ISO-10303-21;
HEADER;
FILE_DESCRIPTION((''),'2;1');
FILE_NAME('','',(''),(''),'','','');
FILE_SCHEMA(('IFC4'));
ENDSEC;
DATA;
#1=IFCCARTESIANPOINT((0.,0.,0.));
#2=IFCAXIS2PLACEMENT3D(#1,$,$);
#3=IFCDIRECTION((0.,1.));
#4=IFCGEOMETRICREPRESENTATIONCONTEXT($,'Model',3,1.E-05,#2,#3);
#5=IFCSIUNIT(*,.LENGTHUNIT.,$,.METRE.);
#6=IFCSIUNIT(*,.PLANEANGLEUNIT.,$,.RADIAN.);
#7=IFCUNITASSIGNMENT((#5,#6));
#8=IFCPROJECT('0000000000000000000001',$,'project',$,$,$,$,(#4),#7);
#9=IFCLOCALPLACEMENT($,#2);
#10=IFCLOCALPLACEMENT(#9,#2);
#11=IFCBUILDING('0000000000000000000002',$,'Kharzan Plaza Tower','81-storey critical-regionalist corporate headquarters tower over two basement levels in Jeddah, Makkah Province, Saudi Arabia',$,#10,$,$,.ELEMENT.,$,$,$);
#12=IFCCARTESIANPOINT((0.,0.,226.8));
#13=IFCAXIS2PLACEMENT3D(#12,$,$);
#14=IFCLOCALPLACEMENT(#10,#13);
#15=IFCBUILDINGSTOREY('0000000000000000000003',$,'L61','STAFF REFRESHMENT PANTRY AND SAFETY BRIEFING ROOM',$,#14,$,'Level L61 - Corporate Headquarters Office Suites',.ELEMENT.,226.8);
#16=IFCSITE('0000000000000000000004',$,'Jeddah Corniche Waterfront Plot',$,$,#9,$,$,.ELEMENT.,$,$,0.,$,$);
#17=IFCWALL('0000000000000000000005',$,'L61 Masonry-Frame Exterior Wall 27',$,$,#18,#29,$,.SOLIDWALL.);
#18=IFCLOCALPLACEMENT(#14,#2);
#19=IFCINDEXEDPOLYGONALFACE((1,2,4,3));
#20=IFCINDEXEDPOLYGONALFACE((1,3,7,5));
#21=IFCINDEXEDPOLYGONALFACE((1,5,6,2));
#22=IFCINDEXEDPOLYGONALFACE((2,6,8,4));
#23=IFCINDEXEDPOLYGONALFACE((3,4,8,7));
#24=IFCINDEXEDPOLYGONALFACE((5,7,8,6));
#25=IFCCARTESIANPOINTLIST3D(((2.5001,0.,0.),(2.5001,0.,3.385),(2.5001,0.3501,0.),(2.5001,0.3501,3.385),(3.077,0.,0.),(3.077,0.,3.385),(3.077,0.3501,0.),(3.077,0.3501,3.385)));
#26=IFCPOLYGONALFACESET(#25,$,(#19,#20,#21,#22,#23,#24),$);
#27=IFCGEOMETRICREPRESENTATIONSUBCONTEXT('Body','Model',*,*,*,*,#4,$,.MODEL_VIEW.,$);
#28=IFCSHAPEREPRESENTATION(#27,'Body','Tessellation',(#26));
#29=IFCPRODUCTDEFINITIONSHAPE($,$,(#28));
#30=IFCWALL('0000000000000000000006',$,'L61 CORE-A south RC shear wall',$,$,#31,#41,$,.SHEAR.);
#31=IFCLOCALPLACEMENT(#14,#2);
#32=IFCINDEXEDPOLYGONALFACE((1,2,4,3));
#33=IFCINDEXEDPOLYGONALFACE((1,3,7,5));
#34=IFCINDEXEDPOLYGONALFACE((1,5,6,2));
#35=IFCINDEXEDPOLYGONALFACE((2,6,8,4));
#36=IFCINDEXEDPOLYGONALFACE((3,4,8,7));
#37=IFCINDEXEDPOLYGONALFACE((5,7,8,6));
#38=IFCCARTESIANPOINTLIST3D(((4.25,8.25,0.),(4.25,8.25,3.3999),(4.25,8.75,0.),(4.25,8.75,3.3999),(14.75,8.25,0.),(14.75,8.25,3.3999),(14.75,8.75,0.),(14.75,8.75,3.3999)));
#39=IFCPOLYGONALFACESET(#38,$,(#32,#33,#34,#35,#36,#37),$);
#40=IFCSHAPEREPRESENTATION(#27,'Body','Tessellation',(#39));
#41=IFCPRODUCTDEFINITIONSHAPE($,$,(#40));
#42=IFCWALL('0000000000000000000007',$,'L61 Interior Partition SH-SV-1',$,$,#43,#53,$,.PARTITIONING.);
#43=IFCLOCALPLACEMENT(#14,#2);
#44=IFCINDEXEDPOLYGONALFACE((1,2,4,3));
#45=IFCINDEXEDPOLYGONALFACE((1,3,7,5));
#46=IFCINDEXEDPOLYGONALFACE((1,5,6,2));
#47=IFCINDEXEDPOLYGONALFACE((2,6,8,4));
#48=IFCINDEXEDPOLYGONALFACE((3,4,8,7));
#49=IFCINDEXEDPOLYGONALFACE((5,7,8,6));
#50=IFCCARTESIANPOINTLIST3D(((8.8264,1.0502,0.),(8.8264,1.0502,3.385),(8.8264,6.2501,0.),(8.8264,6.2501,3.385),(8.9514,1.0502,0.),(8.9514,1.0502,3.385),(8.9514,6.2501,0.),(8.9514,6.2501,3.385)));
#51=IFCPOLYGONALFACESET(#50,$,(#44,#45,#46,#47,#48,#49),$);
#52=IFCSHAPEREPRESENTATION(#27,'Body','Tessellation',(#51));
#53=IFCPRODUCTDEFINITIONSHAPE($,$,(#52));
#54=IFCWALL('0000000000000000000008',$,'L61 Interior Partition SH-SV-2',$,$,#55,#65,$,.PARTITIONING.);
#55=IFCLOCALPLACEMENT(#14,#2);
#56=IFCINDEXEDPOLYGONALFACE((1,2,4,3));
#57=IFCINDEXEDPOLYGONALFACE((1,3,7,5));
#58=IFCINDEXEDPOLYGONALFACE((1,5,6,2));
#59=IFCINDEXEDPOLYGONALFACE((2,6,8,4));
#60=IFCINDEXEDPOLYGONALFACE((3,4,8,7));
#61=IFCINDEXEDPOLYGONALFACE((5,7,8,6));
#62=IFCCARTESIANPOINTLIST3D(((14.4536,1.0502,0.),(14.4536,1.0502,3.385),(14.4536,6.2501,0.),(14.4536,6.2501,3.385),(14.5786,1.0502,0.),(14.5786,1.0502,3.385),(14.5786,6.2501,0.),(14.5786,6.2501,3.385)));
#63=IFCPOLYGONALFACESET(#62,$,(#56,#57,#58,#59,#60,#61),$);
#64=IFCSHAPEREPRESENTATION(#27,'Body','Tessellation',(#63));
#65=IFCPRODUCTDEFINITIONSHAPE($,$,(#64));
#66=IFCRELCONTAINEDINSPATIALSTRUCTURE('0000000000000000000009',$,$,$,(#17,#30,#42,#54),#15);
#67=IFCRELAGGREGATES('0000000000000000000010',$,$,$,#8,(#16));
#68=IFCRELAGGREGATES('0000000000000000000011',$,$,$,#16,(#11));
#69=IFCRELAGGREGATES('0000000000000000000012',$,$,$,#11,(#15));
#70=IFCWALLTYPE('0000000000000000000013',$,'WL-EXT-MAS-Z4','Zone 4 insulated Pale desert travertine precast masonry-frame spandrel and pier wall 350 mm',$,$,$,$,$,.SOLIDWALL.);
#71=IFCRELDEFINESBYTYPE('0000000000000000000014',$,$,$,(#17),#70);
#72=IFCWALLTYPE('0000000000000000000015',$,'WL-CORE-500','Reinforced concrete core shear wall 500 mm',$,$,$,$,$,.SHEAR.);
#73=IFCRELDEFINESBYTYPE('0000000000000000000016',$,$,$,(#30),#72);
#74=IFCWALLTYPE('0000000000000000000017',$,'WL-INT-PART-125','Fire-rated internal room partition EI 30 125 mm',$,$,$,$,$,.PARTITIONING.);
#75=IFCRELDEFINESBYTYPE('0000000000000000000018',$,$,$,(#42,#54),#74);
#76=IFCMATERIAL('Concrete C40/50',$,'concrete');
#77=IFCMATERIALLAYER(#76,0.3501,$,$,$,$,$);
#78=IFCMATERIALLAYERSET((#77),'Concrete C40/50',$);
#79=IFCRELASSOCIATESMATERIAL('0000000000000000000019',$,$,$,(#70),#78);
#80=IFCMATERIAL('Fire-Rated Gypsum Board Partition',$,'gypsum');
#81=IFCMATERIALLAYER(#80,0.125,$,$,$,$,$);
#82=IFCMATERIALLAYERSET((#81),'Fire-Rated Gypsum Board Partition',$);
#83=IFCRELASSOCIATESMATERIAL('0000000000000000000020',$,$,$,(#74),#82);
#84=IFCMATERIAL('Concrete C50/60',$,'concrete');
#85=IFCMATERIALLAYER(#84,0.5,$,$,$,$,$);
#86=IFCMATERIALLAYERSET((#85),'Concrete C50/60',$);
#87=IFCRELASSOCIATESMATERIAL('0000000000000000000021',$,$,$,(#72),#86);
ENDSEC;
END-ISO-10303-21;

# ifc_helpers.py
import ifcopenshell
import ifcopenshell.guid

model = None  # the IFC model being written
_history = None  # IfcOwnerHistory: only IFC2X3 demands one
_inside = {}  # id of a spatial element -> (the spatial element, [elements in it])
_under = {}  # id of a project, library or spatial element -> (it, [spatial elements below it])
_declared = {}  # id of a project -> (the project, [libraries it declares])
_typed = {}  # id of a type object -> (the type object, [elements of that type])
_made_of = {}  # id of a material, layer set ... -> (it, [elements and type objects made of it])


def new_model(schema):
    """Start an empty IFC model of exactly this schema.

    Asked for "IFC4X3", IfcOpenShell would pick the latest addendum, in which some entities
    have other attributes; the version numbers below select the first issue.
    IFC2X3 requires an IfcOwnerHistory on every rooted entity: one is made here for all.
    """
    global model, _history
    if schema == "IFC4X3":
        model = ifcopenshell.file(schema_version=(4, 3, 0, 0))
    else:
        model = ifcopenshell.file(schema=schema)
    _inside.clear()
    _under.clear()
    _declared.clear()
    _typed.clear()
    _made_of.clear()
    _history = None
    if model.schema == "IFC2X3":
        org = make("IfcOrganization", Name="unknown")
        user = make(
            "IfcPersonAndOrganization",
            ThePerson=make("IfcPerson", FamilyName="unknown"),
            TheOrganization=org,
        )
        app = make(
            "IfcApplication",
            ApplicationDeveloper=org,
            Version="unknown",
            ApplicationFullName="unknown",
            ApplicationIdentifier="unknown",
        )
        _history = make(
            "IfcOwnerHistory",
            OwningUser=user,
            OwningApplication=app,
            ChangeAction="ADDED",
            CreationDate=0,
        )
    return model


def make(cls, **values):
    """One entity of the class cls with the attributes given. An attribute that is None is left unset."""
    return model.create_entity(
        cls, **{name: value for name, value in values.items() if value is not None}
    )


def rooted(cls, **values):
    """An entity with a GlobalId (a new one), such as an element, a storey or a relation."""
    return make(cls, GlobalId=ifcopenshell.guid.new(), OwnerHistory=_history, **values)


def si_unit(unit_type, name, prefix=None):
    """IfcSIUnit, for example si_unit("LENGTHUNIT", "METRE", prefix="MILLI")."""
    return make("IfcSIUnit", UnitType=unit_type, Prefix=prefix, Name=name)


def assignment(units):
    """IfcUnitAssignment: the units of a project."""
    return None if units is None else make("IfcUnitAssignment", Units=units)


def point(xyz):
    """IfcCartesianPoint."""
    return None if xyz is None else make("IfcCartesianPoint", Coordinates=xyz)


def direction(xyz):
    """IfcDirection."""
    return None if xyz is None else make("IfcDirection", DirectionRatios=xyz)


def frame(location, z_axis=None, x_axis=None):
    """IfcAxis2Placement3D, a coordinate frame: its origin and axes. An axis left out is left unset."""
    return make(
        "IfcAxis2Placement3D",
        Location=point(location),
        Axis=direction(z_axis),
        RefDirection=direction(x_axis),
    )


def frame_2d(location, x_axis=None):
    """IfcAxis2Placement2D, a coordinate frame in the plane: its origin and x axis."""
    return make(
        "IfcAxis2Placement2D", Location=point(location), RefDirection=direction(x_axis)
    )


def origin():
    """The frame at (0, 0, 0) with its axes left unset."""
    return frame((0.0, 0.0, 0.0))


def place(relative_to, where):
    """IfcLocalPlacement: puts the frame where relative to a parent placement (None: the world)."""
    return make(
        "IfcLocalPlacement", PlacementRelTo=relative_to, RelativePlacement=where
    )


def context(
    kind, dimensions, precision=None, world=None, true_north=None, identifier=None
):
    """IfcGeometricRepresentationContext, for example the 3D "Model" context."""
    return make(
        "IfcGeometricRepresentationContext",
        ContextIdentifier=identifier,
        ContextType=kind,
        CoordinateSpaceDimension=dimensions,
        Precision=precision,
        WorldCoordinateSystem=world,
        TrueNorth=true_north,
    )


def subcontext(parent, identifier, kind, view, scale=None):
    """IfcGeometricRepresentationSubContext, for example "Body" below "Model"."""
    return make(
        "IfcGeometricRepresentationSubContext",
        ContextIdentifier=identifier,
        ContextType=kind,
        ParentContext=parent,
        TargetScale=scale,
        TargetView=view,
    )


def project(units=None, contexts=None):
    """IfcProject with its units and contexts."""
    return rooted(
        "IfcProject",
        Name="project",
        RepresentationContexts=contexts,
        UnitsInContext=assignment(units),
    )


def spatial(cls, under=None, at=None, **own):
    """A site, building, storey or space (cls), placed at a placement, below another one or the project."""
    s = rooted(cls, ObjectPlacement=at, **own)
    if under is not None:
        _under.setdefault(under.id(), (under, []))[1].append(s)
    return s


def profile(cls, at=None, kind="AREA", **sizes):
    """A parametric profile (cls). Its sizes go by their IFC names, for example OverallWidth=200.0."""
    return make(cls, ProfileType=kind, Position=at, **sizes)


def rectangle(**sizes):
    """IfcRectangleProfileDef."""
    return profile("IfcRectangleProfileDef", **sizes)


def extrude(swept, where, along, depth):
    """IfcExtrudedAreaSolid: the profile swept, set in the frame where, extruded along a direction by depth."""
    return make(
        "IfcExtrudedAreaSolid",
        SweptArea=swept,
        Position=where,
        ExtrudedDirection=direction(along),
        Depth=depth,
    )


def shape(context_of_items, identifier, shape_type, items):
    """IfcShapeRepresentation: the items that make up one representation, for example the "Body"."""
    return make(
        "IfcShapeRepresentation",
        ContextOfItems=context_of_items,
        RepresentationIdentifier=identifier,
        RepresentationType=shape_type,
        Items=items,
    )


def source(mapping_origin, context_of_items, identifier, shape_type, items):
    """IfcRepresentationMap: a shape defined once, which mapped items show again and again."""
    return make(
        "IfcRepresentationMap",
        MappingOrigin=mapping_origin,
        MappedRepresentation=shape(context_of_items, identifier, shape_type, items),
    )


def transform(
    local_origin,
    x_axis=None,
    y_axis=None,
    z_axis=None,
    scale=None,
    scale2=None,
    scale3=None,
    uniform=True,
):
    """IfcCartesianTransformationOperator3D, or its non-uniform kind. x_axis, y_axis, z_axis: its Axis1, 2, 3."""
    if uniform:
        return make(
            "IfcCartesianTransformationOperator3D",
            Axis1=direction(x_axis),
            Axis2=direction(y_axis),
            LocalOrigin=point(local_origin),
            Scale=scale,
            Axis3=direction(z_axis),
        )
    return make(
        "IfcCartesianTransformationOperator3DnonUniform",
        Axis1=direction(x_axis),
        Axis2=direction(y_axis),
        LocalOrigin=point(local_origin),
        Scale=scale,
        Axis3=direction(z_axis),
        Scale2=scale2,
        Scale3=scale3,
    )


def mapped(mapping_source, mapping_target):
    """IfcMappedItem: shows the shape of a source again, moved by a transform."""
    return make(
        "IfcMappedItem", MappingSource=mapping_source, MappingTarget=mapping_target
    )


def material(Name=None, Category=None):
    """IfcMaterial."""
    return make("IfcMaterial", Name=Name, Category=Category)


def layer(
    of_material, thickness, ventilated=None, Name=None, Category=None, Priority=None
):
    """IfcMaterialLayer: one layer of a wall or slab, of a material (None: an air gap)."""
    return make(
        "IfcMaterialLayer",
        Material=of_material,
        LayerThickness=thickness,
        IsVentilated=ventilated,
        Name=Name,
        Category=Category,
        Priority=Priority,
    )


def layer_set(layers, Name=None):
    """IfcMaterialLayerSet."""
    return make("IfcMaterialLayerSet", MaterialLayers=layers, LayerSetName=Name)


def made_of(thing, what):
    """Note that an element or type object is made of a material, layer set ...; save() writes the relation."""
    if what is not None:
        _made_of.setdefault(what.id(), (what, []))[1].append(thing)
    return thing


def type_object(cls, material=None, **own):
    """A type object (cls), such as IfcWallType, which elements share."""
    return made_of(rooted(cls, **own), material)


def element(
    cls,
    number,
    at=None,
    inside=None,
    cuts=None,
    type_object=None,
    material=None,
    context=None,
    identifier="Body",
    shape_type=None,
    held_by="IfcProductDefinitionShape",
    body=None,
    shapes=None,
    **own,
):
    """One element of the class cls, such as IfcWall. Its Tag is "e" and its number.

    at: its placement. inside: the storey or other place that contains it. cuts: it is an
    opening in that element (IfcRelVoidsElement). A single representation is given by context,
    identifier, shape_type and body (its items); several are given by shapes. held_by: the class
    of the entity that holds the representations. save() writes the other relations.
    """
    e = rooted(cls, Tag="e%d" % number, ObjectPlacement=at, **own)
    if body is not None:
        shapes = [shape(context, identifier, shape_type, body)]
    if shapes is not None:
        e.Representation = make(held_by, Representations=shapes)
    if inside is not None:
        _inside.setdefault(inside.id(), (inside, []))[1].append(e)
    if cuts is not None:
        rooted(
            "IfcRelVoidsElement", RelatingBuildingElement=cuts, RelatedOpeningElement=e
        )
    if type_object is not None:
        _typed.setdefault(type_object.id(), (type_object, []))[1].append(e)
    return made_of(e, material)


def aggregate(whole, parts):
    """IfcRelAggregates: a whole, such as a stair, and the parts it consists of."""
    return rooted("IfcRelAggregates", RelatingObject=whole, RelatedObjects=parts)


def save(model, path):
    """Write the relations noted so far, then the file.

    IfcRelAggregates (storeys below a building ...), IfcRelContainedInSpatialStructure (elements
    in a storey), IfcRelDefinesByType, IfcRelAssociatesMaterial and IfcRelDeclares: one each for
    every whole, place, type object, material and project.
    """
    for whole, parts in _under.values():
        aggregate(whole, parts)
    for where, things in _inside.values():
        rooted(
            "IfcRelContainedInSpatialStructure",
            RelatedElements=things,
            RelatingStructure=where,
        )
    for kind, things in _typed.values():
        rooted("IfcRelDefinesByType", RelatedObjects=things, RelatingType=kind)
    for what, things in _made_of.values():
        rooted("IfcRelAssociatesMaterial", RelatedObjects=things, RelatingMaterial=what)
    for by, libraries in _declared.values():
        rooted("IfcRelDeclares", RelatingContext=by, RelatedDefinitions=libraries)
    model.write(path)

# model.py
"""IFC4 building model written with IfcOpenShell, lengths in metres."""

from ifc_helpers import new_model, si_unit, direction, frame, frame_2d, origin, place, context, subcontext, project, spatial, rectangle, extrude, source, transform, mapped, material, layer, layer_set, type_object, element, save


model = new_model("IFC4")

# Units and contexts
model_context = context("Model", 3, precision=1e-05, world=origin(), true_north=direction((0.0, 1.0)))
body_context = subcontext(model_context, "Body", "Model", "MODEL_VIEW")
ifc_project = project(units=[si_unit("LENGTHUNIT", "METRE"), si_unit("PLANEANGLEUNIT", "RADIAN")], contexts=[model_context])

# Site, building, storey
site_placement = place(None, origin())
site = spatial("IfcSite", under=ifc_project, at=site_placement, Name="Jeddah Corniche Waterfront Plot", CompositionType="ELEMENT", RefElevation=0.0)
building_placement = place(site_placement, origin())
building = spatial("IfcBuilding", under=site, at=building_placement, Name="Kharzan Plaza Tower", Description="81-storey critical-regionalist corporate headquarters tower over two basement levels in Jeddah, Makkah Province, Saudi Arabia", CompositionType="ELEMENT")
storey_placement = place(building_placement, frame((0.0, 0.0, 226.8)))
storey = spatial("IfcBuildingStorey", under=building, at=storey_placement, Name="L61", Description="STAFF REFRESHMENT PANTRY AND SAFETY BRIEFING ROOM", LongName="Level L61 - Corporate Headquarters Office Suites", CompositionType="ELEMENT", Elevation=226.8)

# Shared definitions
ifc_material_1 = material(Name="Concrete C50/60", Category="concrete")

# Shared definitions
ifc_material_2 = material(Name="Concrete C40/50", Category="concrete")
ifc_layer_1 = layer(ifc_material_2, 0.3501)
ifc_layer_set_1 = layer_set([ifc_layer_1], Name="Concrete C40/50")
wall_type_1 = type_object("IfcWallType", Name="WL-EXT-MAS-Z4", Description="Zone 4 insulated Pale desert travertine precast masonry-frame spandrel and pier wall 350 mm", PredefinedType="SOLIDWALL", material=ifc_layer_set_1)

# Shared definitions
ifc_material_3 = material(Name="Fire-Rated Gypsum Board Partition", Category="gypsum")
ifc_layer_2 = layer(ifc_material_3, 0.125)
ifc_layer_set_2 = layer_set([ifc_layer_2], Name="Fire-Rated Gypsum Board Partition")
wall_type_2 = type_object("IfcWallType", Name="WL-INT-PART-125", Description="Fire-rated internal room partition EI 30 125 mm", PredefinedType="PARTITIONING", material=ifc_layer_set_2)

# Walls
shared_shape_1 = source(origin(), body_context, "Body", "SweptSolid", [
    extrude(rectangle(XDim=0.5769, YDim=0.3501, at=frame_2d((0.2886, 0.0))), origin(), (0.0, 0.0, 1.0), 3.385),
])
wall_1_placement = place(storey_placement, frame((2.5, 0.175, 0.0), z_axis=(0.0, 0.0, 1.0), x_axis=(1.0, 0.0, 0.0)))
element("IfcWall", 1, at=wall_1_placement, inside=storey, type_object=wall_type_1, Name="L61 Masonry-Frame Exterior Wall 27", PredefinedType="SOLIDWALL", context=body_context, shape_type="MappedRepresentation", body=[
    mapped(shared_shape_1, transform((0.0, 0.0, 0.0), x_axis=(1.0, 0.0, 0.0), y_axis=(0.0, 1.0, 0.0), z_axis=(0.0, 0.0, 1.0))),
])
ifc_layer_3 = layer(ifc_material_1, 0.5)
ifc_layer_set_3 = layer_set([ifc_layer_3], Name="Concrete C50/60")
wall_type_3 = type_object("IfcWallType", Name="WL-CORE-500", Description="Reinforced concrete core shear wall 500 mm", PredefinedType="SHEAR", material=ifc_layer_set_3)
shared_shape_2 = source(origin(), body_context, "Body", "SweptSolid", [
    extrude(rectangle(XDim=10.5, YDim=0.5, at=frame_2d((5.25, 0.0))), origin(), (0.0, 0.0, 1.0), 3.3999),
])
wall_2_placement = place(storey_placement, frame((4.25, 8.5, 0.0), z_axis=(0.0, 0.0, 1.0), x_axis=(1.0, 0.0, 0.0)))
element("IfcWall", 2, at=wall_2_placement, inside=storey, type_object=wall_type_3, Name="L61 CORE-A south RC shear wall", PredefinedType="SHEAR", context=body_context, shape_type="MappedRepresentation", body=[
    mapped(shared_shape_2, transform((0.0, 0.0, 0.0), x_axis=(1.0, 0.0, 0.0), y_axis=(0.0, 1.0, 0.0), z_axis=(0.0, 0.0, 1.0))),
])
shared_shape_3 = source(origin(), body_context, "Body", "SweptSolid", [
    extrude(rectangle(XDim=5.2, YDim=0.125, at=frame_2d((2.6001, 0.0))), origin(), (0.0, 0.0, 1.0), 3.385),
])
for number, where, z_axis, x_axis, name in (
    (3, (8.8889, 1.05, 0.0), (0.0, 0.0, 1.0), (0.0, 1.0, 0.0), "L61 Interior Partition SH-SV-1"),
    (4, (14.5161, 1.05, 0.0), (0.0, 0.0, 1.0), (0.0, 1.0, 0.0), "L61 Interior Partition SH-SV-2"),
):
    element("IfcWall", number, at=place(storey_placement, frame(where, z_axis=z_axis, x_axis=x_axis)), inside=storey, type_object=wall_type_2, Name=name, PredefinedType="PARTITIONING", context=body_context, shape_type="MappedRepresentation", body=[
        mapped(shared_shape_3, transform((0.0, 0.0, 0.0), x_axis=(1.0, 0.0, 0.0), y_axis=(0.0, 1.0, 0.0), z_axis=(0.0, 0.0, 1.0))),
    ])

save(model, "model.ifc")
